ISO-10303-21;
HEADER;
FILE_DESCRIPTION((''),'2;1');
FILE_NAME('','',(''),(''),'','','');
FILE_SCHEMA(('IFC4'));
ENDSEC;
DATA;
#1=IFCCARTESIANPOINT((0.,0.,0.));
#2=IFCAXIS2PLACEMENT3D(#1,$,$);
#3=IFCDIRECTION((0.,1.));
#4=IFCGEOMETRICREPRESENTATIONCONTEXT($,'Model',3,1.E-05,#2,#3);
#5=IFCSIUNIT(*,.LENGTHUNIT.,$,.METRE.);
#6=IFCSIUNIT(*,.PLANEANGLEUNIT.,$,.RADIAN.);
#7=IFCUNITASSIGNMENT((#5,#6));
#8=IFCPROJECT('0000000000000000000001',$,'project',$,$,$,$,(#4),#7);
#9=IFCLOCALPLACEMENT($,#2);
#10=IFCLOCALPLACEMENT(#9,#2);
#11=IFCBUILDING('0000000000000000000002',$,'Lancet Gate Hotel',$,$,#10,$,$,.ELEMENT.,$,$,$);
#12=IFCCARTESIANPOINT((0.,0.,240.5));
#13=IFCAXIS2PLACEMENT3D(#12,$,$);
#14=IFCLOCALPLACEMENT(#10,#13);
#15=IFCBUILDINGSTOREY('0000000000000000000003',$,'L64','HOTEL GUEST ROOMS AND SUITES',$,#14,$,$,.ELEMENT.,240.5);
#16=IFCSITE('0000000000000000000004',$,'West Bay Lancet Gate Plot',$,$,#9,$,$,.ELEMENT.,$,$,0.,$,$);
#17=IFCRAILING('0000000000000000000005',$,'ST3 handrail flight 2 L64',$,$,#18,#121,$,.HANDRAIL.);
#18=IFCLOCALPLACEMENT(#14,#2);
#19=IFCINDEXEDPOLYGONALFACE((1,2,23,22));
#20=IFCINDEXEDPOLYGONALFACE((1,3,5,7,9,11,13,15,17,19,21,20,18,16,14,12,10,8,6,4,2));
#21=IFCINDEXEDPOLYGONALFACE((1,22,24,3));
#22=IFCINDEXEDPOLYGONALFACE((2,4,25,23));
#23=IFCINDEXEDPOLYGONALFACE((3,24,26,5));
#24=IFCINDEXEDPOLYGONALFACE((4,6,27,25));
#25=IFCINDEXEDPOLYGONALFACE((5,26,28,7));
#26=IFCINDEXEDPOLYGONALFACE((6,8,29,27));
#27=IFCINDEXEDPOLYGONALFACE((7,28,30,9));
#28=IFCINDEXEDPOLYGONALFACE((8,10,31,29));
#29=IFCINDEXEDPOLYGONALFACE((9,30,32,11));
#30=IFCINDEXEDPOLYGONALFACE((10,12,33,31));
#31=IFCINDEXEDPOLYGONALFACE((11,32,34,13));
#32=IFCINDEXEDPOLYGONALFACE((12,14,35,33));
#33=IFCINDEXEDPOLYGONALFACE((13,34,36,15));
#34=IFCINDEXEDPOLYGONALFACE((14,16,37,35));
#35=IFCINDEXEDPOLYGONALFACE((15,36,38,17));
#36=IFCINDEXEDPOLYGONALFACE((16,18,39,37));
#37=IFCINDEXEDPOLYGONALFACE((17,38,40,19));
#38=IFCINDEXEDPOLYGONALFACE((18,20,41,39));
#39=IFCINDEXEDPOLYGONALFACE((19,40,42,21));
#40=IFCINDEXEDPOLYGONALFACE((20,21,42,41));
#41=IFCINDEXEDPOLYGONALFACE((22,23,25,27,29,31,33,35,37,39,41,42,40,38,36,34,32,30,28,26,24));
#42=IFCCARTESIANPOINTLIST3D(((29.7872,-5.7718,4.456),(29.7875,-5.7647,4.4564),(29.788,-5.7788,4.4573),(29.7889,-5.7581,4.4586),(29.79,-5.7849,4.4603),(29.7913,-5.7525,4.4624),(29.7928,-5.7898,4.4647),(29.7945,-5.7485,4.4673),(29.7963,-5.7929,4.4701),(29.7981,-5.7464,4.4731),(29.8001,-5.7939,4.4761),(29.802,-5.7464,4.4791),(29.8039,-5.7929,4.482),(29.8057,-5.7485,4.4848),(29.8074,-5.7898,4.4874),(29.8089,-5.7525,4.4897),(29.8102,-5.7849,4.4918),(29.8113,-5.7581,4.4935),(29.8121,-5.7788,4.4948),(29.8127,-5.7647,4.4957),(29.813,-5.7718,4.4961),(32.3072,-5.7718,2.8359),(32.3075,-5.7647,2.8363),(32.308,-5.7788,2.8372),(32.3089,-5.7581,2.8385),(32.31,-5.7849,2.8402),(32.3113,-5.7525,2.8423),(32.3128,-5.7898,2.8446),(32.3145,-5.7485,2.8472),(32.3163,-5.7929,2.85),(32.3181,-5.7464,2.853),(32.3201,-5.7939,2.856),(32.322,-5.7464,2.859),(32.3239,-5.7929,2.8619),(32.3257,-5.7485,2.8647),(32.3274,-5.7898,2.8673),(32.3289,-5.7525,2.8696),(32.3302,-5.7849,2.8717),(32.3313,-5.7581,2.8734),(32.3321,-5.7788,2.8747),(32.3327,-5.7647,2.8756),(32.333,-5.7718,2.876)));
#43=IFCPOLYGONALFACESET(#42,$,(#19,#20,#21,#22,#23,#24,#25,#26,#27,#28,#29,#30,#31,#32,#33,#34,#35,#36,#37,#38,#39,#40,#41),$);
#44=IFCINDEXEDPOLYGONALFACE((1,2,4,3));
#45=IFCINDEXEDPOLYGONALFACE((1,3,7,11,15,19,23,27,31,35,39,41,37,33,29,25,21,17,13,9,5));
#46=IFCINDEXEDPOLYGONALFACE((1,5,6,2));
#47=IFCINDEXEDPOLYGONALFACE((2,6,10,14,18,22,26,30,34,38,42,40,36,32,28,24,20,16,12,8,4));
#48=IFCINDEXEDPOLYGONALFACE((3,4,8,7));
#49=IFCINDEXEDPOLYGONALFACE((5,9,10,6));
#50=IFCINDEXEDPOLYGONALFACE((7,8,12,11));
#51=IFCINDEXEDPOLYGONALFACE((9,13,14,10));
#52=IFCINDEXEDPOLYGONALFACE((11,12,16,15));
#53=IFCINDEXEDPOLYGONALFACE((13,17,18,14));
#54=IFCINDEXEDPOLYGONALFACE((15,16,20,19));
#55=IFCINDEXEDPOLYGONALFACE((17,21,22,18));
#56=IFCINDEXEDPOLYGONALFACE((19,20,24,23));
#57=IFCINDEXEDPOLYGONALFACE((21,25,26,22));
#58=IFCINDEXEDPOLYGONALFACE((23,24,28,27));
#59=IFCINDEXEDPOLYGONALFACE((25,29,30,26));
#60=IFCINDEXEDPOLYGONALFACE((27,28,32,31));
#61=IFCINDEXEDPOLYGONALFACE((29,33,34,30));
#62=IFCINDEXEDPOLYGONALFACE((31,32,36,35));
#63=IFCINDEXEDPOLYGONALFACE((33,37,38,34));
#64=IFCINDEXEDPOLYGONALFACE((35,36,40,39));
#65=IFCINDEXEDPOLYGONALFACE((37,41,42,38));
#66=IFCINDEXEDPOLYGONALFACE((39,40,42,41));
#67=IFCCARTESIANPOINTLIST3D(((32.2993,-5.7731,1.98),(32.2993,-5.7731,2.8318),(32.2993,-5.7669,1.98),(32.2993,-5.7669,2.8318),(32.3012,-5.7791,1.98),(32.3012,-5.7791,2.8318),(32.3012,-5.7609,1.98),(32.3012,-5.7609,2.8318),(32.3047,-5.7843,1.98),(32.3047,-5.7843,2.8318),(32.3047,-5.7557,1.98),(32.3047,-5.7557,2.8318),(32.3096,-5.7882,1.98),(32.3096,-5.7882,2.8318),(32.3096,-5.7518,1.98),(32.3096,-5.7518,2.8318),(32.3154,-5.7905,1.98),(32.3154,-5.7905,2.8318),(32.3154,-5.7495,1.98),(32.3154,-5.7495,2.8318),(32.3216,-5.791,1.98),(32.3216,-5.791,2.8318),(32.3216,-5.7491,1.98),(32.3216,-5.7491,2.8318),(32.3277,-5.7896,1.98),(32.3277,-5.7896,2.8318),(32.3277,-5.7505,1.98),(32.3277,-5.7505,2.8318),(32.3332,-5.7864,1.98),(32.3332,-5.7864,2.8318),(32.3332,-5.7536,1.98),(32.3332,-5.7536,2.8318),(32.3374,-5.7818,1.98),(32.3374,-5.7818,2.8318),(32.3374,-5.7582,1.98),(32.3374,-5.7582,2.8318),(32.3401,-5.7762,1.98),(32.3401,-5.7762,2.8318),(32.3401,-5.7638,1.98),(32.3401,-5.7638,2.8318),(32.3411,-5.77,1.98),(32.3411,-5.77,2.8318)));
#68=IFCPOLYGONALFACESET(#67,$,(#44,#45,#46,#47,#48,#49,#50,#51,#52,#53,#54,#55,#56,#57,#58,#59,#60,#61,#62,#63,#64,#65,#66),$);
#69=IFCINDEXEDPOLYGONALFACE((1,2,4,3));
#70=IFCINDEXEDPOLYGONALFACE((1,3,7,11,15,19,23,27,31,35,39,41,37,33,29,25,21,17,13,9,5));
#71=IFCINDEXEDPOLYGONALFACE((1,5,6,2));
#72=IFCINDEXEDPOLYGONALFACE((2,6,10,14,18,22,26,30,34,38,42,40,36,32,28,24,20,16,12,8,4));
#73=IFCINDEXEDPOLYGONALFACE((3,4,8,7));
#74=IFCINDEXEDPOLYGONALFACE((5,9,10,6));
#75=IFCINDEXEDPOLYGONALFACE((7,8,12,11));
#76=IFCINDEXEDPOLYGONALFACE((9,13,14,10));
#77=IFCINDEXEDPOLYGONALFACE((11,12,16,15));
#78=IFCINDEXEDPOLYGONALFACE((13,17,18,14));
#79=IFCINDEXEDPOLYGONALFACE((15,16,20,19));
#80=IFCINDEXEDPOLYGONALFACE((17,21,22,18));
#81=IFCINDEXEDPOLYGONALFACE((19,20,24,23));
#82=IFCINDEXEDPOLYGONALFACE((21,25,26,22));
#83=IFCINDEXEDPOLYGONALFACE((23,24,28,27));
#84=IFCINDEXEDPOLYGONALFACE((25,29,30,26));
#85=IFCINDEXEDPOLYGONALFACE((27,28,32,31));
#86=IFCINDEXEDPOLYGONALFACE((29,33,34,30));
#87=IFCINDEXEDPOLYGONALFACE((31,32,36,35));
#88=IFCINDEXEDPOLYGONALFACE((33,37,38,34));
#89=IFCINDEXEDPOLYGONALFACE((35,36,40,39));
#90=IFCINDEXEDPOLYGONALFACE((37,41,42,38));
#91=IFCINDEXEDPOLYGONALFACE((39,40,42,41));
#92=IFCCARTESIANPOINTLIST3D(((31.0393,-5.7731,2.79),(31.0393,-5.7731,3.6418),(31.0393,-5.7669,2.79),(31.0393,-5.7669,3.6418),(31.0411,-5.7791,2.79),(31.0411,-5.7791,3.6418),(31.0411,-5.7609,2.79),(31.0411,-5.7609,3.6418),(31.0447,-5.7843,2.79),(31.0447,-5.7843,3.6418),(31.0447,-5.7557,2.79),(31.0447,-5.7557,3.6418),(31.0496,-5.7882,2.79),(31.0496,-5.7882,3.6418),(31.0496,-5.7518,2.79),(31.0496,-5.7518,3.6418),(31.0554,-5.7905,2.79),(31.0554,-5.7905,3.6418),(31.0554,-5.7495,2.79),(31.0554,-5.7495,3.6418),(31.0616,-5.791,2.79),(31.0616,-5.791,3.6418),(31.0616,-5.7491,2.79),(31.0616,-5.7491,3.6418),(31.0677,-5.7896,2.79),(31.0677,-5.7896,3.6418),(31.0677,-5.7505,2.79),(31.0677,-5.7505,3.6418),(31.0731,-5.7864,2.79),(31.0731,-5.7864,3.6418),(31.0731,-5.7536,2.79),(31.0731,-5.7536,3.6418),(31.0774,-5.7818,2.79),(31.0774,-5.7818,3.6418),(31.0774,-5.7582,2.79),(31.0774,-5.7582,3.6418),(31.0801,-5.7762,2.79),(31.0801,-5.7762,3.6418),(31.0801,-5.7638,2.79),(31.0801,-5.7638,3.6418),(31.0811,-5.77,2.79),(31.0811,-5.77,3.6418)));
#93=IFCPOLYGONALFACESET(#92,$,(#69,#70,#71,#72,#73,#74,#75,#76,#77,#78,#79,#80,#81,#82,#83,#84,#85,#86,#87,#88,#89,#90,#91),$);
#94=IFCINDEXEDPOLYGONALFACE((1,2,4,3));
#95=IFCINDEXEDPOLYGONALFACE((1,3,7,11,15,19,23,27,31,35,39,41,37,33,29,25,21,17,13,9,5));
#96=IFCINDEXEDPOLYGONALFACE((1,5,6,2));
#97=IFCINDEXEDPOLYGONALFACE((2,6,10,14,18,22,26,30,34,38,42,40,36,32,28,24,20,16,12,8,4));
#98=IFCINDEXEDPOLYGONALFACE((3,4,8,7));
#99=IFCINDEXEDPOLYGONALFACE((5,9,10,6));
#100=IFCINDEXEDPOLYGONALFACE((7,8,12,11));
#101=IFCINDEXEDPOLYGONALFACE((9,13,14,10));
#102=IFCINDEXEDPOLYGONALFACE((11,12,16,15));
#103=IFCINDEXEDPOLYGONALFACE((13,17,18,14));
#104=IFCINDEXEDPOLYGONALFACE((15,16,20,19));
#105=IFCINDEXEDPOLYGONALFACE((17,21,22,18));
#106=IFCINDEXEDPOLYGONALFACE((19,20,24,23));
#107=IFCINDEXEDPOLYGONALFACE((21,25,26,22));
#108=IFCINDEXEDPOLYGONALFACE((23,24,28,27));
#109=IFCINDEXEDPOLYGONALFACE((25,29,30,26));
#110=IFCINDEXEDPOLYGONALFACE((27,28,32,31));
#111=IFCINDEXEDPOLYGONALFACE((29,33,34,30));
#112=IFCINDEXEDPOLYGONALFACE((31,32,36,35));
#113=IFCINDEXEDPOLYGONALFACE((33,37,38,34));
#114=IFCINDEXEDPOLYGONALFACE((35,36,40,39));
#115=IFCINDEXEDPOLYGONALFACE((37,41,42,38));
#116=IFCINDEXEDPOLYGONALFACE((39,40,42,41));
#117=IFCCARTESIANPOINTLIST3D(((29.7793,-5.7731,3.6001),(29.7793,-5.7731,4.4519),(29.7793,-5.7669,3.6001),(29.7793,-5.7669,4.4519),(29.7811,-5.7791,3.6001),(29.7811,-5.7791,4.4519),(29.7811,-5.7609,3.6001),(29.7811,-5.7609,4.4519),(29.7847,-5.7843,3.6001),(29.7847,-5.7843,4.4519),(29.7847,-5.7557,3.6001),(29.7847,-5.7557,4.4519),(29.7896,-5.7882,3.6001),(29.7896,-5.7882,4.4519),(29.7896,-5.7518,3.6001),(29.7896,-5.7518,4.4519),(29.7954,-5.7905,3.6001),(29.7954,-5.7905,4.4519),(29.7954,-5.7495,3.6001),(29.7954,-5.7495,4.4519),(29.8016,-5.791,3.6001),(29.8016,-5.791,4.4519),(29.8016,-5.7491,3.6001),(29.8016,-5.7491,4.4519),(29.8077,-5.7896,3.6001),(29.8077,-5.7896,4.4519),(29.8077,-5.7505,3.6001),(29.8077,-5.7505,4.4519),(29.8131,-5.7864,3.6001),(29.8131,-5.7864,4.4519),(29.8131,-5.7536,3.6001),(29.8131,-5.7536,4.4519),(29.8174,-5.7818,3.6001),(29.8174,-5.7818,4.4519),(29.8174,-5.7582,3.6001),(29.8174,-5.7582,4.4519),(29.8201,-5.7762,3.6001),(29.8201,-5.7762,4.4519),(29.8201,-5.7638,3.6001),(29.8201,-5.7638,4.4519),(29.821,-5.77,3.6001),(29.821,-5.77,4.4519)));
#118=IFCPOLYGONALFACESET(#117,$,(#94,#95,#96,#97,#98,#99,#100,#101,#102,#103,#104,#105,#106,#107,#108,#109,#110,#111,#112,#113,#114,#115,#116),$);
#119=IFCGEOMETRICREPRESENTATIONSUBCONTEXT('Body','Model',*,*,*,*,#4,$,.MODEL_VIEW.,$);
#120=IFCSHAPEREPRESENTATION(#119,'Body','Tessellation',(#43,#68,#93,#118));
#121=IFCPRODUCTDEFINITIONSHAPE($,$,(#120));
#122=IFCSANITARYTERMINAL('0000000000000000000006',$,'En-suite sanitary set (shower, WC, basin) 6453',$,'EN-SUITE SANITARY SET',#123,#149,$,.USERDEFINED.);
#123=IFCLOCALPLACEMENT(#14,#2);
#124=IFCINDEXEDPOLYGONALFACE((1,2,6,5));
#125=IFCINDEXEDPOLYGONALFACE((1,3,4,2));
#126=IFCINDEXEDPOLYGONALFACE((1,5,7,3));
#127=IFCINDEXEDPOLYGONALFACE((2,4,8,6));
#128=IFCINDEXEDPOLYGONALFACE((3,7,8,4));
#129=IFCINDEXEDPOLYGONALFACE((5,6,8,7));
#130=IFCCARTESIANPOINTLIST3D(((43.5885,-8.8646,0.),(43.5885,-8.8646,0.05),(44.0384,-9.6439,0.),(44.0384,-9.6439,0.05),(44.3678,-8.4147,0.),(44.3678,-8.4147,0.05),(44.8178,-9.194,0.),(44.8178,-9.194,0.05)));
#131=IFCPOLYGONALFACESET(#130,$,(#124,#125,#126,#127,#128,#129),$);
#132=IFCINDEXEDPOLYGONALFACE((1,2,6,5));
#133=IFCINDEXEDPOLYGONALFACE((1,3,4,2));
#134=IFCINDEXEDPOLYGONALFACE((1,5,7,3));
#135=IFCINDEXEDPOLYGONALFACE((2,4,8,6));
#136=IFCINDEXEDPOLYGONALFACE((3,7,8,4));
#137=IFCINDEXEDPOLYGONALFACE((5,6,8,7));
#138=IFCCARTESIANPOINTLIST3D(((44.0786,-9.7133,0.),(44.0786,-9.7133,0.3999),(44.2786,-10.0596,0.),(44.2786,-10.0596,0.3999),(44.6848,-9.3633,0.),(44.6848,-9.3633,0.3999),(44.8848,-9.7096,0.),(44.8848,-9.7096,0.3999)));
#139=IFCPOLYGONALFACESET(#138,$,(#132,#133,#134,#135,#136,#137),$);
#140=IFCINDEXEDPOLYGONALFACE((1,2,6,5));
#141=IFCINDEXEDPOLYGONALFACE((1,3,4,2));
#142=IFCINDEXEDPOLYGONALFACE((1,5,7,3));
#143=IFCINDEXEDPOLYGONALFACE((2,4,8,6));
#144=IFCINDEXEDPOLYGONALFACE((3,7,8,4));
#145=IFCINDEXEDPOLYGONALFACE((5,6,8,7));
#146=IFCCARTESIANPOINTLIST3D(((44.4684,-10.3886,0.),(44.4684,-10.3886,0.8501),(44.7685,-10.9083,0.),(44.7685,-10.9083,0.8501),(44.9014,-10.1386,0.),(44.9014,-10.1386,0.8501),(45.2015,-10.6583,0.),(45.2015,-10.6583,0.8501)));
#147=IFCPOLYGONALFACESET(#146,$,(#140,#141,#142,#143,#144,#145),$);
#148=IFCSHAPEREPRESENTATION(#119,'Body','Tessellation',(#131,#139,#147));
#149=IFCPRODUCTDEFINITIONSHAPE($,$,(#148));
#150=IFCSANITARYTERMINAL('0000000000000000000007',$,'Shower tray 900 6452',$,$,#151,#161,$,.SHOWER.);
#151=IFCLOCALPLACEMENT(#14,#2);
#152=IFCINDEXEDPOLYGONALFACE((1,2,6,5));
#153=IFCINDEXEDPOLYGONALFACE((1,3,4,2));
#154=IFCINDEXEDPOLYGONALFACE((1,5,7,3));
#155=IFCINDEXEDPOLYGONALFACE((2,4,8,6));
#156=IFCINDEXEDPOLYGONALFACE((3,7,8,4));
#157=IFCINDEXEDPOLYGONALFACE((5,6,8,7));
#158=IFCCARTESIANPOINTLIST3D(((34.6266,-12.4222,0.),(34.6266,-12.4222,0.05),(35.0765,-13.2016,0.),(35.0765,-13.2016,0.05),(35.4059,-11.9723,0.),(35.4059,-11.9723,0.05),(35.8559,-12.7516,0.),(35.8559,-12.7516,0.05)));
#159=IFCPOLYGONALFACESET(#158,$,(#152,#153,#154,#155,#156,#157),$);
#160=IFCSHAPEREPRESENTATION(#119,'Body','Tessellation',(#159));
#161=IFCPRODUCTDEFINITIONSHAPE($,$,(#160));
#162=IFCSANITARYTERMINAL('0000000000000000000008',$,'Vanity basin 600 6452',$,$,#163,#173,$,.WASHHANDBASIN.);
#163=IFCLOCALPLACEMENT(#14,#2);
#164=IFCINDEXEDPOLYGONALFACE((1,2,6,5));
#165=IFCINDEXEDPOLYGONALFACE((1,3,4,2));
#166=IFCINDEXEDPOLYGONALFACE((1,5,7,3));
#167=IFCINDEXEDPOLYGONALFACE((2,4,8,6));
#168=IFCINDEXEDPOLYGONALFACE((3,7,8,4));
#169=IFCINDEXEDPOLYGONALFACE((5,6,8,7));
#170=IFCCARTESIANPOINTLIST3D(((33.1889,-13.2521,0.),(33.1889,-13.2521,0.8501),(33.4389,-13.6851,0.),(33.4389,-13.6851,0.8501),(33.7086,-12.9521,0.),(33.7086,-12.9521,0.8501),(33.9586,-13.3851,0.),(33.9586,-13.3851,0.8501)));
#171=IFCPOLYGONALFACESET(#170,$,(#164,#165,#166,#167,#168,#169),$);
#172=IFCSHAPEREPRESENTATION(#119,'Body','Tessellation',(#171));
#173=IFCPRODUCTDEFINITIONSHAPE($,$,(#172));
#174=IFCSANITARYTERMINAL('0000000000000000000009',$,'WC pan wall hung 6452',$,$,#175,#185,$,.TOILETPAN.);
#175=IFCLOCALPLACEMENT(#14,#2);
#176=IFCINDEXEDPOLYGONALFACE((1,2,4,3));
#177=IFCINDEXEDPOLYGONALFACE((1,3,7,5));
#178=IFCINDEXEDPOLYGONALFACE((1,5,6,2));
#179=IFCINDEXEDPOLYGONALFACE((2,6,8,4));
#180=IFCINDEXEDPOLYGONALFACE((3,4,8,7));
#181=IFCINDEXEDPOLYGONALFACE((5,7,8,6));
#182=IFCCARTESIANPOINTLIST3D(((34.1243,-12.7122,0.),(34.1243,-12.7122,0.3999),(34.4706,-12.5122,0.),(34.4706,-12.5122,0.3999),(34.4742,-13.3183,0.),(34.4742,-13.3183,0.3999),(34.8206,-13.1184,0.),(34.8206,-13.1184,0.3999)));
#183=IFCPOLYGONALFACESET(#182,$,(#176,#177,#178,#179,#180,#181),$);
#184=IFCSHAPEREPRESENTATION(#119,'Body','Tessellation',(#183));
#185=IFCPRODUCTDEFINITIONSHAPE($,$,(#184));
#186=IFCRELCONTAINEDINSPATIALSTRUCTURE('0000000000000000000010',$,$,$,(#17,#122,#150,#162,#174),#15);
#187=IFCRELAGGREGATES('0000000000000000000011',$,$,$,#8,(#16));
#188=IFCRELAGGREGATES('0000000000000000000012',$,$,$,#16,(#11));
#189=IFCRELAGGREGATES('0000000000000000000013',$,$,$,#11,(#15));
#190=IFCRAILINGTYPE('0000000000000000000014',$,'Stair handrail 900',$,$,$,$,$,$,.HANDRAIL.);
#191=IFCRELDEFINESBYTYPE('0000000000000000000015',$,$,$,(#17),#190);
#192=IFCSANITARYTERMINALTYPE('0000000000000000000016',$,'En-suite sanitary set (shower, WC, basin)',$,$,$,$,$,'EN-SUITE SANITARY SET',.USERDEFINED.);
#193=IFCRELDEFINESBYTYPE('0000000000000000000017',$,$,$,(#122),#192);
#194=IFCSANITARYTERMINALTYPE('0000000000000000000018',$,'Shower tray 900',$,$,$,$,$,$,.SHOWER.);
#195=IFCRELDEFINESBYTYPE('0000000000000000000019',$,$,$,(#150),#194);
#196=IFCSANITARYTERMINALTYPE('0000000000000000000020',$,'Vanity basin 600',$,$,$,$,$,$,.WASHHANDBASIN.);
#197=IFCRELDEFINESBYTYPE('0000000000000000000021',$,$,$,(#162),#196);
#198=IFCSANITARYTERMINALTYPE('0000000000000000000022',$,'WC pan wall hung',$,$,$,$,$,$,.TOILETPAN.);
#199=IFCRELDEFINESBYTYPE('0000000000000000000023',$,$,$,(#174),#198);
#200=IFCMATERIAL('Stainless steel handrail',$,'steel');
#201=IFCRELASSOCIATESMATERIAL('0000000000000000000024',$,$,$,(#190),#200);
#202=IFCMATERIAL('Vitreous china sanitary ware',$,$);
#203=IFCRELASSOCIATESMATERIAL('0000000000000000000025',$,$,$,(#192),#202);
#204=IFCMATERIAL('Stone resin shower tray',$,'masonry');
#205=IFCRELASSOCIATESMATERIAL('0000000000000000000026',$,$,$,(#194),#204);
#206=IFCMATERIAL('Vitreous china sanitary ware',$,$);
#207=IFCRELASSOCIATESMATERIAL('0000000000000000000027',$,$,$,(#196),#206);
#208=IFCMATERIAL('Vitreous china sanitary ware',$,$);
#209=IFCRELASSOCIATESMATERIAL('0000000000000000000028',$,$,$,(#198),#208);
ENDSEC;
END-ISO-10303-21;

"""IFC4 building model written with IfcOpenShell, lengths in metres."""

from ifc_helpers import new_model, si_unit, direction, frame, origin, origin_2d, place, context, subcontext, project, spatial, rectangle, circle, extrude, material, type_object, element, save


model = new_model("IFC4")

# Units and contexts
model_context = context("Model", 3, precision=1e-05, world=origin(), true_north=direction((0.0, 1.0)))
body_context = subcontext(model_context, "Body", "Model", "MODEL_VIEW")
ifc_project = project(units=[si_unit("LENGTHUNIT", "METRE"), si_unit("PLANEANGLEUNIT", "RADIAN")], contexts=[model_context])

# Site, building, storey
site_placement = place(None, origin())
site = spatial("IfcSite", under=ifc_project, at=site_placement, Name="West Bay Lancet Gate Plot", CompositionType="ELEMENT", RefElevation=0.0)
building_placement = place(site_placement, origin())
building = spatial("IfcBuilding", under=site, at=building_placement, Name="Lancet Gate Hotel", CompositionType="ELEMENT")
storey_placement = place(building_placement, frame((0.0, 0.0, 240.5)))
storey = spatial("IfcBuildingStorey", under=building, at=storey_placement, Name="L64", Description="HOTEL GUEST ROOMS AND SUITES", CompositionType="ELEMENT", Elevation=240.5)

# Railing
ifc_material_1 = material(Name="Stainless steel handrail", Category="steel")
railing_type = type_object("IfcRailingType", Name="Stair handrail 900", PredefinedType="HANDRAIL", material=ifc_material_1)
railing_1_placement = place(storey_placement, frame((32.3201, -5.77, 1.98)))
element("IfcRailing", 1, at=railing_1_placement, inside=storey, type_object=railing_type, Name="ST3 handrail flight 2 L64", PredefinedType="HANDRAIL", context=body_context, shape_type="SweptSolid", body=[
    extrude(circle(Radius=0.0239, at=origin_2d()), frame((0.0, 0.0, 0.876), z_axis=(-0.841163, 0.0, 0.540782), x_axis=(0.0, -1.0, 0.0)), (0.0, 0.0, 1.0), 2.9958),
    extrude(circle(Radius=0.021, at=origin_2d()), origin(), (0.0, 0.0, 1.0), 0.8518),
    extrude(circle(Radius=0.021, at=origin_2d()), frame((-1.26, 0.0, 0.8101)), (0.0, 0.0, 1.0), 0.8518),
    extrude(circle(Radius=0.021, at=origin_2d()), frame((-2.52, 0.0, 1.6201)), (0.0, 0.0, 1.0), 0.8518),
])

# Sanitary terminals
ifc_material_2 = material(Name="Vitreous china sanitary ware")
sanitary_terminal_type_1 = type_object("IfcSanitaryTerminalType", Name="En-suite sanitary set (shower, WC, basin)", ElementType="EN-SUITE SANITARY SET", PredefinedType="USERDEFINED", material=ifc_material_2)
sanitary_terminal_1_placement = place(storey_placement, frame((44.2031, -9.0293, 0.0), z_axis=(0.0, 0.0, 1.0), x_axis=(1.0, 0.0, 0.0)))
element("IfcSanitaryTerminal", 2, at=sanitary_terminal_1_placement, inside=storey, type_object=sanitary_terminal_type_1, Name="En-suite sanitary set (shower, WC, basin) 6453", ObjectType="EN-SUITE SANITARY SET", PredefinedType="USERDEFINED", context=body_context, shape_type="SweptSolid", body=[
    extrude(rectangle(XDim=0.8999, YDim=0.8999, at=origin_2d()), frame((0.0, 0.0, 0.0), z_axis=(0.0, 0.0, 1.0), x_axis=(-0.5, 0.866025, 0.0)), (0.0, 0.0, 1.0), 0.05),
    extrude(rectangle(XDim=0.3999, YDim=0.7, at=origin_2d()), frame((0.2786, -0.6821, 0.0), z_axis=(0.0, 0.0, 1.0), x_axis=(-0.5, 0.866025, 0.0)), (0.0, 0.0, 1.0), 0.3999),
    extrude(rectangle(XDim=0.6001, YDim=0.5, at=origin_2d()), frame((0.6318, -1.4941, 0.0), z_axis=(0.0, 0.0, 1.0), x_axis=(-0.5, 0.866025, 0.0)), (0.0, 0.0, 1.0), 0.8501),
])
ifc_material_3 = material(Name="Stone resin shower tray", Category="masonry")
sanitary_terminal_type_2 = type_object("IfcSanitaryTerminalType", Name="Shower tray 900", PredefinedType="SHOWER", material=ifc_material_3)
sanitary_terminal_2_placement = place(storey_placement, frame((35.2412, -12.5869, 0.0), z_axis=(0.0, 0.0, 1.0), x_axis=(0.866025, 0.5, 0.0)))
element("IfcSanitaryTerminal", 3, at=sanitary_terminal_2_placement, inside=storey, type_object=sanitary_terminal_type_2, Name="Shower tray 900 6452", PredefinedType="SHOWER", context=body_context, shape_type="SweptSolid", body=[
    extrude(rectangle(XDim=0.8999, YDim=0.8999, at=origin_2d()), origin(), (0.0, 0.0, 1.0), 0.05),
])
ifc_material_4 = material(Name="Vitreous china sanitary ware")
sanitary_terminal_type_3 = type_object("IfcSanitaryTerminalType", Name="Vanity basin 600", PredefinedType="WASHHANDBASIN", material=ifc_material_4)
sanitary_terminal_3_placement = place(storey_placement, frame((33.5737, -13.3186, 0.0), z_axis=(0.0, 0.0, 1.0), x_axis=(0.866025, 0.5, 0.0)))
element("IfcSanitaryTerminal", 4, at=sanitary_terminal_3_placement, inside=storey, type_object=sanitary_terminal_type_3, Name="Vanity basin 600 6452", PredefinedType="WASHHANDBASIN", context=body_context, shape_type="SweptSolid", body=[
    extrude(rectangle(XDim=0.6001, YDim=0.5, at=origin_2d()), origin(), (0.0, 0.0, 1.0), 0.8501),
])
ifc_material_5 = material(Name="Vitreous china sanitary ware")
sanitary_terminal_type_4 = type_object("IfcSanitaryTerminalType", Name="WC pan wall hung", PredefinedType="TOILETPAN", material=ifc_material_5)
sanitary_terminal_4_placement = place(storey_placement, frame((34.4724, -12.9153, 0.0), z_axis=(0.0, 0.0, 1.0), x_axis=(0.866025, 0.5, 0.0)))
element("IfcSanitaryTerminal", 5, at=sanitary_terminal_4_placement, inside=storey, type_object=sanitary_terminal_type_4, Name="WC pan wall hung 6452", PredefinedType="TOILETPAN", context=body_context, shape_type="SweptSolid", body=[
    extrude(rectangle(XDim=0.3999, YDim=0.7, at=origin_2d()), origin(), (0.0, 0.0, 1.0), 0.3999),
])

save(model, "model.ifc")
